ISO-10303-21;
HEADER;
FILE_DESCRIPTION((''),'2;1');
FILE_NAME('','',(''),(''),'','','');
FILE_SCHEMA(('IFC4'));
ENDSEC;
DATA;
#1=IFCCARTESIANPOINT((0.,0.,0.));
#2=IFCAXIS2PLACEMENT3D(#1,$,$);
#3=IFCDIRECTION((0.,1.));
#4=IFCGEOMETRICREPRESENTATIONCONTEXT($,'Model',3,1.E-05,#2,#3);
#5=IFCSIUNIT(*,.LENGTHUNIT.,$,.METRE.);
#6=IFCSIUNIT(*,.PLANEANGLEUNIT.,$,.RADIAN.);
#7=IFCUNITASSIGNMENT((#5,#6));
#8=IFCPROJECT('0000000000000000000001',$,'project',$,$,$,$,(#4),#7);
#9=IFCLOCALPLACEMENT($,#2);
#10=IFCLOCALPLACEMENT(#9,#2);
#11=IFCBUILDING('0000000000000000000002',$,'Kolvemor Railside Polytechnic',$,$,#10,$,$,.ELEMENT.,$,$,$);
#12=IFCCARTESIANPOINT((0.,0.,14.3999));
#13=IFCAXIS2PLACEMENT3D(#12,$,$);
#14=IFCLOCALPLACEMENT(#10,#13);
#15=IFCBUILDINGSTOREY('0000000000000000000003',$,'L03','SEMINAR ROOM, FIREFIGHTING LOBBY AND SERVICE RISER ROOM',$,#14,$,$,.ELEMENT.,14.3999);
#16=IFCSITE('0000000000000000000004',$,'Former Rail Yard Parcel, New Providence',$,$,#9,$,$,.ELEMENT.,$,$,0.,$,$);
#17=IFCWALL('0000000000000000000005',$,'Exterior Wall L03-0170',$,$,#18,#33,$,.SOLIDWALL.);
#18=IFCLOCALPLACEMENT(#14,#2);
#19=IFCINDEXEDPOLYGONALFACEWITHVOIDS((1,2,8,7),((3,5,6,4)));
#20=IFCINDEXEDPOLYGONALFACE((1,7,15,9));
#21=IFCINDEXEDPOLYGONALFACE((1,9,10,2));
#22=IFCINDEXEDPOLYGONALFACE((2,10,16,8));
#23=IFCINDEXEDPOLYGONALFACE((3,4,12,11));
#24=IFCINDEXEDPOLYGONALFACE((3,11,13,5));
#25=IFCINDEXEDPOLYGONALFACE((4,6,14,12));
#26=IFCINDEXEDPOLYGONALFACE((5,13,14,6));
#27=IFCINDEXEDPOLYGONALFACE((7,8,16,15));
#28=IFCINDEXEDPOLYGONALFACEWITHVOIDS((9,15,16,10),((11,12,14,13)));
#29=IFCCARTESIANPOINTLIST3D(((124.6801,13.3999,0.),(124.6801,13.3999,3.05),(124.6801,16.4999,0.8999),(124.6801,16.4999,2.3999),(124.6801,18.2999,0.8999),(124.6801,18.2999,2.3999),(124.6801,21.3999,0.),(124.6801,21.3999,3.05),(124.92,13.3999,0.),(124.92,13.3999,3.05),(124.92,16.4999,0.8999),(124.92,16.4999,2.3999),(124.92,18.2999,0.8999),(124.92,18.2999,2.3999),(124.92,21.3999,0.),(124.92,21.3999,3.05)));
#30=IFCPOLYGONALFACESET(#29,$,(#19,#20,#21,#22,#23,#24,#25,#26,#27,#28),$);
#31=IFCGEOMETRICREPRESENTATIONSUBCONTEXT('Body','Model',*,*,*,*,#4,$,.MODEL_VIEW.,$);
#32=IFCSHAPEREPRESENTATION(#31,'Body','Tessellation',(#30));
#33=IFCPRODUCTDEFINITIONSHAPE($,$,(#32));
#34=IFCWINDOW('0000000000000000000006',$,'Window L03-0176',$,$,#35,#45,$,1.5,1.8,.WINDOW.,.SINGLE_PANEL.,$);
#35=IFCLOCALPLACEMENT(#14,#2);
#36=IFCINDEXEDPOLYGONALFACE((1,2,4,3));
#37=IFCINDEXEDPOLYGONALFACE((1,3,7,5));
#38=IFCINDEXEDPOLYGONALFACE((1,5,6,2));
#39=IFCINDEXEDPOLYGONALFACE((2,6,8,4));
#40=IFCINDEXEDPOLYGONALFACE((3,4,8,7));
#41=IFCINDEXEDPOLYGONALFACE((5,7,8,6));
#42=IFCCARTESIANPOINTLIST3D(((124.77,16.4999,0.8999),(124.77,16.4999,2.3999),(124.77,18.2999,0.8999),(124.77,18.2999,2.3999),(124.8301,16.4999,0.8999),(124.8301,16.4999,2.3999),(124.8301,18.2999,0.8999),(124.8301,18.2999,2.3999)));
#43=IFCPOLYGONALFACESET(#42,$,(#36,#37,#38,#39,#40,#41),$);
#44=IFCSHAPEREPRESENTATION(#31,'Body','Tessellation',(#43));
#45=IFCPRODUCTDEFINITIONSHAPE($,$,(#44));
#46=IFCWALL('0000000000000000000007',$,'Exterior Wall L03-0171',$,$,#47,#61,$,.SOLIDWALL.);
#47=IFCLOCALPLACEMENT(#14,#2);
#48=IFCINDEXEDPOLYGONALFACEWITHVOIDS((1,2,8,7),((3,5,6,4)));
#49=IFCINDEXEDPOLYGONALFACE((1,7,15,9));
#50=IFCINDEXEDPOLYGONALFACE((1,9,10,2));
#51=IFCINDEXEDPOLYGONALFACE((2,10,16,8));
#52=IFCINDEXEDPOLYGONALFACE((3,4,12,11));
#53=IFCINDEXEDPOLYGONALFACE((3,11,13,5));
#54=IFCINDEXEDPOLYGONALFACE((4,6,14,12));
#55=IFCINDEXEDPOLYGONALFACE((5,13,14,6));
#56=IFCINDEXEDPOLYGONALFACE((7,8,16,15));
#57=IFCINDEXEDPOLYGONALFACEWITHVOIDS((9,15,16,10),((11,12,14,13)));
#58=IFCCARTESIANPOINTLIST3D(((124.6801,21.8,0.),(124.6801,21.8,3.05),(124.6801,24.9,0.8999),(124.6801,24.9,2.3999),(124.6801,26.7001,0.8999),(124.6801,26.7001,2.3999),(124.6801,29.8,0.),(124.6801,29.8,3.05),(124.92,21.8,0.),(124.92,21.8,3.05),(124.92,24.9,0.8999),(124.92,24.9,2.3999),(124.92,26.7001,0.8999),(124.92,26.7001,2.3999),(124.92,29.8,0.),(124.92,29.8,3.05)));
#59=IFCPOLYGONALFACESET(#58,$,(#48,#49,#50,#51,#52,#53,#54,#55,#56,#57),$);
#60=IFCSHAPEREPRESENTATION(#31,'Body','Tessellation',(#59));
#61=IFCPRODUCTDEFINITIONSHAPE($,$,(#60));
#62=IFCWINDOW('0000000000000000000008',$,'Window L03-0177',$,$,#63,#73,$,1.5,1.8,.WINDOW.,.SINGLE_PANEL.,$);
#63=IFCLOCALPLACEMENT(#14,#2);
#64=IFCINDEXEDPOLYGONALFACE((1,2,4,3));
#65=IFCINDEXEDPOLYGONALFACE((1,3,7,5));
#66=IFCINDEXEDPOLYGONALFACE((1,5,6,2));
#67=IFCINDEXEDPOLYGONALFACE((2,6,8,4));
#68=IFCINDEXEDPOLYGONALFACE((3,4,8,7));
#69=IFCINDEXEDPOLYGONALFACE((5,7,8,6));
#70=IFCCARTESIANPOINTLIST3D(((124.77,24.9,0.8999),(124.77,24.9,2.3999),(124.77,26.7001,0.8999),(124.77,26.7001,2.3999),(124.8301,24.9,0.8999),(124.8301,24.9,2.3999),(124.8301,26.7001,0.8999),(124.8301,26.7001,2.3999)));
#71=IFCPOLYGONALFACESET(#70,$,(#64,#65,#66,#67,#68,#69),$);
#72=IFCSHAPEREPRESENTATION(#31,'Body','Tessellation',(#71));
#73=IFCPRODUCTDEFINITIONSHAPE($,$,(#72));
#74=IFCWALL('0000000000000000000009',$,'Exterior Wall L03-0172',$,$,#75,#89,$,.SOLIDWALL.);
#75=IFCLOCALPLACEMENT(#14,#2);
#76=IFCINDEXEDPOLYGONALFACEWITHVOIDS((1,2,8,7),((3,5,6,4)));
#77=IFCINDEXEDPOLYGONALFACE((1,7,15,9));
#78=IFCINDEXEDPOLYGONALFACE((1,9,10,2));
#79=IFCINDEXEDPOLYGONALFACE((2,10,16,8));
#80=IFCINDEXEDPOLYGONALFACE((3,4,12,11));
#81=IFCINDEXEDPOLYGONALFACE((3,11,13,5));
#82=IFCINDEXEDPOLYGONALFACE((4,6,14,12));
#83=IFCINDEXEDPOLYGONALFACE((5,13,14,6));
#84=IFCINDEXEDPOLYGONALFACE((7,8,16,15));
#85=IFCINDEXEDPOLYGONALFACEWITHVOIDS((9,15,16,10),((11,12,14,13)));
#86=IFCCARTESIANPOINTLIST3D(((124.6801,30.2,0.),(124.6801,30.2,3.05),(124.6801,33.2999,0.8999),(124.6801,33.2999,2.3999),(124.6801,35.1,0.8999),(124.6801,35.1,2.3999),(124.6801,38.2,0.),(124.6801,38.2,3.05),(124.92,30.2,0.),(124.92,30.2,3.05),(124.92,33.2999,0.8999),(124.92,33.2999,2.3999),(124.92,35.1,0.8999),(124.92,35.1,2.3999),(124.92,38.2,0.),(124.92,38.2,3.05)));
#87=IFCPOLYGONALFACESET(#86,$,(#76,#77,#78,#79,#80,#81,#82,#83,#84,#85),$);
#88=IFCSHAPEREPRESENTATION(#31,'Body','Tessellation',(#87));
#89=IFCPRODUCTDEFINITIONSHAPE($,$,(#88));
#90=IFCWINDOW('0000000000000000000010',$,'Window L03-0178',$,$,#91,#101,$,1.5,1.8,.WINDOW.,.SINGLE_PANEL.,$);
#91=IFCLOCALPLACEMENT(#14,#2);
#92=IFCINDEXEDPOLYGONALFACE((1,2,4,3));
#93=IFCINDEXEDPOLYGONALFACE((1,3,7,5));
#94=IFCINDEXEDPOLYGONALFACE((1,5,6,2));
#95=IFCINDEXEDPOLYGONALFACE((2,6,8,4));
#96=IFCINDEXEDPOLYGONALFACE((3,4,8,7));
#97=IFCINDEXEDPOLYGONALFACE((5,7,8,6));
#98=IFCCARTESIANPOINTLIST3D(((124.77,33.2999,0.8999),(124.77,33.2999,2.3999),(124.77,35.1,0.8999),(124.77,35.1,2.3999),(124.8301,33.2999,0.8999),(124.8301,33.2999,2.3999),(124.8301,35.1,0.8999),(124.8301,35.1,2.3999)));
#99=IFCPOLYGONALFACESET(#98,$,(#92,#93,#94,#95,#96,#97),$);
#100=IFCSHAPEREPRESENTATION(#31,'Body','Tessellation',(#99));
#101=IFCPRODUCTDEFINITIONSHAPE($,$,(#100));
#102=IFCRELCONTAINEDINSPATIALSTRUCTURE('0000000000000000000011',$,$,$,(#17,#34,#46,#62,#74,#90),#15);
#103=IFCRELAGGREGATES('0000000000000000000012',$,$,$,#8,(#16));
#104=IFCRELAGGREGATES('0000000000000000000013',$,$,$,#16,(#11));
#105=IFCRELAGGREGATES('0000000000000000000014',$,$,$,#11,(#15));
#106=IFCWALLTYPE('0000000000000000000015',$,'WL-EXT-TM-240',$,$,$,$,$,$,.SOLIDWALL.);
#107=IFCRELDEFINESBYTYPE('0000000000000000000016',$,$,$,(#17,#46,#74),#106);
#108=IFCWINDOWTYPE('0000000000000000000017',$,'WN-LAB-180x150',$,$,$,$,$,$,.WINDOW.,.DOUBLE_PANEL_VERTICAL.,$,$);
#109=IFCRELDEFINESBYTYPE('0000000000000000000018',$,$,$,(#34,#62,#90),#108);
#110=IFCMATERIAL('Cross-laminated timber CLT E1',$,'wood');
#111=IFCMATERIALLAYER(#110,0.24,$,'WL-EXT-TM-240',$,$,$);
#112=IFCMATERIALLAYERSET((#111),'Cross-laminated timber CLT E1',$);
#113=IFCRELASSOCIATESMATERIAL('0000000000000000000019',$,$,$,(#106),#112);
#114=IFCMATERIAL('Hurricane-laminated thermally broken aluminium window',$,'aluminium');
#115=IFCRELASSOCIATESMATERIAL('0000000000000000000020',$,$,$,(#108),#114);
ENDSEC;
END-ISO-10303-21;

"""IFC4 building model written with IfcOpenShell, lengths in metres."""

from ifc_helpers import new_model, si_unit, direction, frame, frame_2d, origin, place, context, subcontext, project, spatial, rectangle, extrude, material, layer, layer_set, type_object, element, fill, save


model = new_model("IFC4")

# Units and contexts
model_context = context("Model", 3, precision=1e-05, world=origin(), true_north=direction((0.0, 1.0)))
body_context = subcontext(model_context, "Body", "Model", "MODEL_VIEW")
ifc_project = project(units=[si_unit("LENGTHUNIT", "METRE"), si_unit("PLANEANGLEUNIT", "RADIAN")], contexts=[model_context])

# Site, building, storey
site_placement = place(None, origin())
site = spatial("IfcSite", under=ifc_project, at=site_placement, Name="Former Rail Yard Parcel, New Providence", CompositionType="ELEMENT", RefElevation=0.0)
building_placement = place(site_placement, origin())
building = spatial("IfcBuilding", under=site, at=building_placement, Name="Kolvemor Railside Polytechnic", CompositionType="ELEMENT")
storey_placement = place(building_placement, frame((0.0, 0.0, 14.3999)))
storey = spatial("IfcBuildingStorey", under=building, at=storey_placement, Name="L03", Description="SEMINAR ROOM, FIREFIGHTING LOBBY AND SERVICE RISER ROOM", CompositionType="ELEMENT", Elevation=14.3999)

# Shared definitions
ifc_material_1 = material(Name="Cross-laminated timber CLT E1", Category="wood")
ifc_layer_1 = layer(ifc_material_1, 0.24, Name="WL-EXT-TM-240")
ifc_layer_set_1 = layer_set([ifc_layer_1], Name="Cross-laminated timber CLT E1")
wall_type = type_object("IfcWallType", Name="WL-EXT-TM-240", PredefinedType="SOLIDWALL", material=ifc_layer_set_1)

# Walls, openings, windows
wall_1_placement = place(storey_placement, frame((124.8, 13.3999, 0.0), z_axis=(0.0, 0.0, 1.0), x_axis=(0.0, 1.0, 0.0)))
wall_1 = element("IfcWall", 1, at=wall_1_placement, inside=storey, type_object=wall_type, Name="Exterior Wall L03-0170", PredefinedType="SOLIDWALL", context=body_context, shape_type="SweptSolid", body=[
    extrude(rectangle(XDim=8.0, YDim=0.24, at=frame_2d((4.0, 0.0))), origin(), (0.0, 0.0, 1.0), 3.05),
])
opening_1_placement = place(wall_1_placement, frame((3.1001, 0.0, 0.8999)))
opening_1 = element("IfcOpeningElement", 2, at=opening_1_placement, cuts=wall_1, PredefinedType="OPENING", context=body_context, shape_type="SweptSolid", body=[
    extrude(rectangle(XDim=1.8, YDim=1.5, at=frame_2d((0.8999, 0.75))), frame((0.0, 0.1299, 0.0), z_axis=(0.0, -1.0, 0.0), x_axis=(1.0, 0.0, 0.0)), (0.0, 0.0, 1.0), 0.26),
])
ifc_material_2 = material(Name="Hurricane-laminated thermally broken aluminium window", Category="aluminium")
window_type = type_object("IfcWindowType", Name="WN-LAB-180x150", PartitioningType="DOUBLE_PANEL_VERTICAL", PredefinedType="WINDOW", material=ifc_material_2)
window_1_placement = place(opening_1_placement, origin())
window_1 = element("IfcWindow", 3, at=window_1_placement, inside=storey, type_object=window_type, Name="Window L03-0176", OverallHeight=1.5, OverallWidth=1.8, PartitioningType="SINGLE_PANEL", PredefinedType="WINDOW", context=body_context, shape_type="SweptSolid", body=[
    extrude(rectangle(XDim=1.8, YDim=1.5, at=frame_2d((0.8999, 0.75))), frame((0.0, 0.03, 0.0), z_axis=(0.0, -1.0, 0.0), x_axis=(1.0, 0.0, 0.0)), (0.0, 0.0, 1.0), 0.0601),
])
fill(opening_1, window_1)
wall_2_placement = place(storey_placement, frame((124.8, 21.8, 0.0), z_axis=(0.0, 0.0, 1.0), x_axis=(0.0, 1.0, 0.0)))
wall_2 = element("IfcWall", 4, at=wall_2_placement, inside=storey, type_object=wall_type, Name="Exterior Wall L03-0171", PredefinedType="SOLIDWALL", context=body_context, shape_type="SweptSolid", body=[
    extrude(rectangle(XDim=8.0, YDim=0.24, at=frame_2d((4.0, 0.0))), origin(), (0.0, 0.0, 1.0), 3.05),
])
opening_2_placement = place(wall_2_placement, frame((3.1001, 0.0, 0.8999)))
opening_2 = element("IfcOpeningElement", 5, at=opening_2_placement, cuts=wall_2, PredefinedType="OPENING", context=body_context, shape_type="SweptSolid", body=[
    extrude(rectangle(XDim=1.8, YDim=1.5, at=frame_2d((0.8999, 0.75))), frame((0.0, 0.1299, 0.0), z_axis=(0.0, -1.0, 0.0), x_axis=(1.0, 0.0, 0.0)), (0.0, 0.0, 1.0), 0.26),
])
window_2_placement = place(opening_2_placement, origin())
window_2 = element("IfcWindow", 6, at=window_2_placement, inside=storey, type_object=window_type, Name="Window L03-0177", OverallHeight=1.5, OverallWidth=1.8, PartitioningType="SINGLE_PANEL", PredefinedType="WINDOW", context=body_context, shape_type="SweptSolid", body=[
    extrude(rectangle(XDim=1.8, YDim=1.5, at=frame_2d((0.8999, 0.75))), frame((0.0, 0.03, 0.0), z_axis=(0.0, -1.0, 0.0), x_axis=(1.0, 0.0, 0.0)), (0.0, 0.0, 1.0), 0.0601),
])
fill(opening_2, window_2)
wall_3_placement = place(storey_placement, frame((124.8, 30.2, 0.0), z_axis=(0.0, 0.0, 1.0), x_axis=(0.0, 1.0, 0.0)))
wall_3 = element("IfcWall", 7, at=wall_3_placement, inside=storey, type_object=wall_type, Name="Exterior Wall L03-0172", PredefinedType="SOLIDWALL", context=body_context, shape_type="SweptSolid", body=[
    extrude(rectangle(XDim=8.0, YDim=0.24, at=frame_2d((4.0, 0.0))), origin(), (0.0, 0.0, 1.0), 3.05),
])
opening_3_placement = place(wall_3_placement, frame((3.1001, 0.0, 0.8999)))
opening_3 = element("IfcOpeningElement", 8, at=opening_3_placement, cuts=wall_3, PredefinedType="OPENING", context=body_context, shape_type="SweptSolid", body=[
    extrude(rectangle(XDim=1.8, YDim=1.5, at=frame_2d((0.8999, 0.75))), frame((0.0, 0.1299, 0.0), z_axis=(0.0, -1.0, 0.0), x_axis=(1.0, 0.0, 0.0)), (0.0, 0.0, 1.0), 0.26),
])
window_3_placement = place(opening_3_placement, origin())
window_3 = element("IfcWindow", 9, at=window_3_placement, inside=storey, type_object=window_type, Name="Window L03-0178", OverallHeight=1.5, OverallWidth=1.8, PartitioningType="SINGLE_PANEL", PredefinedType="WINDOW", context=body_context, shape_type="SweptSolid", body=[
    extrude(rectangle(XDim=1.8, YDim=1.5, at=frame_2d((0.8999, 0.75))), frame((0.0, 0.03, 0.0), z_axis=(0.0, -1.0, 0.0), x_axis=(1.0, 0.0, 0.0)), (0.0, 0.0, 1.0), 0.0601),
])
fill(opening_3, window_3)

save(model, "model.ifc")
